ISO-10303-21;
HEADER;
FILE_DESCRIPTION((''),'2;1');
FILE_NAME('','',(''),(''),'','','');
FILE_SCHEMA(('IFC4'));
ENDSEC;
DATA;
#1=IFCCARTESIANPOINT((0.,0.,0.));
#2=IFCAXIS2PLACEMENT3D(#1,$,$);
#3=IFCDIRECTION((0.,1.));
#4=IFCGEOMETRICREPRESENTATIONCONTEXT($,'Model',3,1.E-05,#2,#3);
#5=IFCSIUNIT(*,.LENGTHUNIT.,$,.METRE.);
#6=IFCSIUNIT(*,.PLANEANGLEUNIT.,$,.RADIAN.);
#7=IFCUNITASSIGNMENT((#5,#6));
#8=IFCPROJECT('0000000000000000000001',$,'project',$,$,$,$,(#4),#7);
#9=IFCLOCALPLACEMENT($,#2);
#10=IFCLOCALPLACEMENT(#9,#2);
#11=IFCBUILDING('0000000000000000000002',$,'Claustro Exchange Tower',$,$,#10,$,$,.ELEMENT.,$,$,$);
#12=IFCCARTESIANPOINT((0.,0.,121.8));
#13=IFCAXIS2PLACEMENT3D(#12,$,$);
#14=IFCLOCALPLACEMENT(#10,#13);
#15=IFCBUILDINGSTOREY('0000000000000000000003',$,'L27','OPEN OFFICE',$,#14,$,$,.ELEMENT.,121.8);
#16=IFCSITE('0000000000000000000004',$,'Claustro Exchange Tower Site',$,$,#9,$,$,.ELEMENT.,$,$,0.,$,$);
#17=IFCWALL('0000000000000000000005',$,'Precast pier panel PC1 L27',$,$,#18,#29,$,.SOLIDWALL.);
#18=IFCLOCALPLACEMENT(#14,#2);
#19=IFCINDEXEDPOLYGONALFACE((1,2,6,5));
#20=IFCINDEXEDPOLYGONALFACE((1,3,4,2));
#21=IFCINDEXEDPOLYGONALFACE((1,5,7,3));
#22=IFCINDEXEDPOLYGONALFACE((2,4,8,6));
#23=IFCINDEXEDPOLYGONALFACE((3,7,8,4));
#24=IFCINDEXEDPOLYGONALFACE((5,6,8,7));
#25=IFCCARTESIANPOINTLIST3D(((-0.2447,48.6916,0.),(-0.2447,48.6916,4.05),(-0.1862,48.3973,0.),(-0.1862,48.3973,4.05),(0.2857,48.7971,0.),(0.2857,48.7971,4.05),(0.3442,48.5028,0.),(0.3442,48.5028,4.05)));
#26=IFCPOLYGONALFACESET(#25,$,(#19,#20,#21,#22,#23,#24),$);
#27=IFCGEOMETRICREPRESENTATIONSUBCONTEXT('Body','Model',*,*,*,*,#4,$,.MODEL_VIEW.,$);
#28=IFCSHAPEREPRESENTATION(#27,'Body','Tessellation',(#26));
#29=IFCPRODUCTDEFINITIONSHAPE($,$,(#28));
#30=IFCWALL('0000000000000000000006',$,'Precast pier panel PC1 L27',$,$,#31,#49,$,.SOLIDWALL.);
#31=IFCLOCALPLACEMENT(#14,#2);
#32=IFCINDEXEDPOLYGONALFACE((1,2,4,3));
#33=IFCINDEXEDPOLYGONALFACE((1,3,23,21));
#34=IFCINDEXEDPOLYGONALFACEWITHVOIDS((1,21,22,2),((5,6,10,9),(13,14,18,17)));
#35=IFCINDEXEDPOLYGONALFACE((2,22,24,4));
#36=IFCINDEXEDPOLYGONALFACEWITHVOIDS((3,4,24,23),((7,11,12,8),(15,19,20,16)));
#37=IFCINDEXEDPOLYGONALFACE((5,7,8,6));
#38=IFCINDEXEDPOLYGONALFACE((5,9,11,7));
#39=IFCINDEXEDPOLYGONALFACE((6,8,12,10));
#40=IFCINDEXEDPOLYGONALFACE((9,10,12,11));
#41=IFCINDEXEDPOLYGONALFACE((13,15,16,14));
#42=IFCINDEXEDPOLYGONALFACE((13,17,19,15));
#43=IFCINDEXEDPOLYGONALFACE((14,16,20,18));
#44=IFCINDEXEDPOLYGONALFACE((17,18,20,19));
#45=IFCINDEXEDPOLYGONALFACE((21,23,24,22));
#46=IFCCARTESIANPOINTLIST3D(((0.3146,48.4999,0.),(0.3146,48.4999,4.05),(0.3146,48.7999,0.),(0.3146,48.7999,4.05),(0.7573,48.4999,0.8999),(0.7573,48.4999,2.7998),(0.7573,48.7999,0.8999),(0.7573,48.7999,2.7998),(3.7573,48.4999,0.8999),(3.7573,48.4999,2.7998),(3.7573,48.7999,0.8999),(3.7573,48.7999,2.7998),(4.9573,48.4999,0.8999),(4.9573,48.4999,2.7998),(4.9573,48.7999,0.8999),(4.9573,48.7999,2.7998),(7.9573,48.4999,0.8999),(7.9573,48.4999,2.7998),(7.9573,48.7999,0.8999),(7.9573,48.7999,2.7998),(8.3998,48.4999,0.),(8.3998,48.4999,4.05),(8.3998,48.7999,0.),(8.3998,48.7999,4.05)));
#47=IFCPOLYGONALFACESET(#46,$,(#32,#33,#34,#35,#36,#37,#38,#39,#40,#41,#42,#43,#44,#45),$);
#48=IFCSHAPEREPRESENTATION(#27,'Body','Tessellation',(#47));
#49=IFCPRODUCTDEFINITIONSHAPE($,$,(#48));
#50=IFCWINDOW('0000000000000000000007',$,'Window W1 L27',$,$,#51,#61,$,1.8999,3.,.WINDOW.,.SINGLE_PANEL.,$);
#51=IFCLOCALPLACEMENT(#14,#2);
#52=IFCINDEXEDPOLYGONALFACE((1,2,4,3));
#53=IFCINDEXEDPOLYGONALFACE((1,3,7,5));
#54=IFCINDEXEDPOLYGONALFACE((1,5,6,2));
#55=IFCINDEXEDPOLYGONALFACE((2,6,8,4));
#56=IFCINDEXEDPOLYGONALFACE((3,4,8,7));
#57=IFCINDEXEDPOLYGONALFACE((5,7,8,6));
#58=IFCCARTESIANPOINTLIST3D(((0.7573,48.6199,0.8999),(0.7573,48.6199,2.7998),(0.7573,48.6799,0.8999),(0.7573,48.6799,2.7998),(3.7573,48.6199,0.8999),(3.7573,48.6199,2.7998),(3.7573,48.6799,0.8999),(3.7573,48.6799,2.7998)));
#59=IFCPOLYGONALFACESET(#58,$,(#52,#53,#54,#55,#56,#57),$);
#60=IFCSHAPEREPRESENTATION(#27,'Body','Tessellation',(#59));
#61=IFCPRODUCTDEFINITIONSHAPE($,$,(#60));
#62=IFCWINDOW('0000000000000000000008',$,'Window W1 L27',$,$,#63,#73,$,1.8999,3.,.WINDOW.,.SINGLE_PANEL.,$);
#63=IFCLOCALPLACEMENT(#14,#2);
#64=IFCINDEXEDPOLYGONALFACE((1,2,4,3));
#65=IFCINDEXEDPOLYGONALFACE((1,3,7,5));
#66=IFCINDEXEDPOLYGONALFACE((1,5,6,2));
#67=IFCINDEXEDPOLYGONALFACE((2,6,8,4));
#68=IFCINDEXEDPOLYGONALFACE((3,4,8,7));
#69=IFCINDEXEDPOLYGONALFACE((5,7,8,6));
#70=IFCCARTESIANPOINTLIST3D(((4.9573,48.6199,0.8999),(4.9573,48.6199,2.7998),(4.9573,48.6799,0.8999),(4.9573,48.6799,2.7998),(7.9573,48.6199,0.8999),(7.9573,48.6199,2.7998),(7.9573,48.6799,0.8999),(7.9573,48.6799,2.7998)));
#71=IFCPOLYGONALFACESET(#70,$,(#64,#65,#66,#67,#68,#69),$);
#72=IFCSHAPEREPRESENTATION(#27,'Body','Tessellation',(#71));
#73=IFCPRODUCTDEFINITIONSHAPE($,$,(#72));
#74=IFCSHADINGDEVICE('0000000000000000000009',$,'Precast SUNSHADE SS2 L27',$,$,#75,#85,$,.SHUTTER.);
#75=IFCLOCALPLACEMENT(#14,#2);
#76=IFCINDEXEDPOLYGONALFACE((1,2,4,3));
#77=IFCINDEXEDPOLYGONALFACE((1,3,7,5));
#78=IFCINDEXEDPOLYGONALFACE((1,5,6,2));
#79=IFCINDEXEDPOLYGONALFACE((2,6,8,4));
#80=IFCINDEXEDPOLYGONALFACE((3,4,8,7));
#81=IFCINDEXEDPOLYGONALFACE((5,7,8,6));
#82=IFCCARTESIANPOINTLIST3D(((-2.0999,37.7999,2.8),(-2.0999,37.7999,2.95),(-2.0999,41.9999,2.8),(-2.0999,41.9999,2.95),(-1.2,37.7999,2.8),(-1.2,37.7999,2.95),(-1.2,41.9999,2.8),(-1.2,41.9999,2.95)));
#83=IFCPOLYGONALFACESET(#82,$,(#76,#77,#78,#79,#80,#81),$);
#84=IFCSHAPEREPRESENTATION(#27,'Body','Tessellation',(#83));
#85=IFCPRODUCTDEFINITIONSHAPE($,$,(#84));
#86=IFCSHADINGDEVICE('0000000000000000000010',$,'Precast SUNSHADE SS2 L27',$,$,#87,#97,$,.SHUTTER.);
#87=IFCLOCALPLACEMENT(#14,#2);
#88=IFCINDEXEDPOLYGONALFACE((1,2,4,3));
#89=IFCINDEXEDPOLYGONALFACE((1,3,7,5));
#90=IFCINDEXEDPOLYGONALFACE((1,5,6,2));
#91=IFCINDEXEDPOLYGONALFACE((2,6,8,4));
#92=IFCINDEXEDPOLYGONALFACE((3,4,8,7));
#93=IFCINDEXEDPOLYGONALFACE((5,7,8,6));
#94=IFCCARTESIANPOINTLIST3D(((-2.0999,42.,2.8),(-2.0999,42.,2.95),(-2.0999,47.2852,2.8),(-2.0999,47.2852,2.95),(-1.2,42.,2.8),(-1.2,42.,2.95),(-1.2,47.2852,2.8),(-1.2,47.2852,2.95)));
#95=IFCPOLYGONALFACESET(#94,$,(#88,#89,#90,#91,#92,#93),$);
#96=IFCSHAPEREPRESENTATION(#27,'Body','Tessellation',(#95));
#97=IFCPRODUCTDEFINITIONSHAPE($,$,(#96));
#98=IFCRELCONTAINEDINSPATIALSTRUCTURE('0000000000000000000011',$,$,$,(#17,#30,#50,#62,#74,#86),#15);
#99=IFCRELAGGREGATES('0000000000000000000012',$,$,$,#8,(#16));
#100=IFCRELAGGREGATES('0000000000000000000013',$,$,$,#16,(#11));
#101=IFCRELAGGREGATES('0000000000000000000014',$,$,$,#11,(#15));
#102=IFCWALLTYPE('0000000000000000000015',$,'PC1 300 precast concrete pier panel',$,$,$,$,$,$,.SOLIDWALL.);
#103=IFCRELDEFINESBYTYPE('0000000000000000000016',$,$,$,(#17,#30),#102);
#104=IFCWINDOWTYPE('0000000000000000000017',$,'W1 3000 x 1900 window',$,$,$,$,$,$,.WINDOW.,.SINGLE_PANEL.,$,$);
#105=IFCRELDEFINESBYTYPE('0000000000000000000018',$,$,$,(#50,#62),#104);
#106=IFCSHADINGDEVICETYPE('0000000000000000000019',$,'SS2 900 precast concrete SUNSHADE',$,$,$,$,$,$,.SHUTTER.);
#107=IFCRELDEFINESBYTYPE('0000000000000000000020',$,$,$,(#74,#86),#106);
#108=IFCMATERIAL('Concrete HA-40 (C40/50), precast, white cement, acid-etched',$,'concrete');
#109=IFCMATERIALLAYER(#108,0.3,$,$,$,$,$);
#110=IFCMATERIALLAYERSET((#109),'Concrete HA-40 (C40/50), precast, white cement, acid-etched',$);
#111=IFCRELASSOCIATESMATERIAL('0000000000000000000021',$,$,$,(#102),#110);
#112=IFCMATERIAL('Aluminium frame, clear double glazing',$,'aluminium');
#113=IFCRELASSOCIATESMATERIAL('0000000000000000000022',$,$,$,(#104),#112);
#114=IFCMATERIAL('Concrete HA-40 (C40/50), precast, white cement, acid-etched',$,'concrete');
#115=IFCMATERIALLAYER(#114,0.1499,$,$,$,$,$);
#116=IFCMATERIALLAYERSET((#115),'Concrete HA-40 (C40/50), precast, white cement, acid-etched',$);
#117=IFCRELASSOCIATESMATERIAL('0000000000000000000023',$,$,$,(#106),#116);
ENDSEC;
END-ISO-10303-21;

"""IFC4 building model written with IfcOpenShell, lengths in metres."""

from ifc_helpers import new_model, si_unit, direction, frame, frame_2d, origin, origin_2d, place, context, subcontext, project, spatial, rectangle, extrude, material, layer, layer_set, type_object, element, fill, save


model = new_model("IFC4")

# Units and contexts
model_context = context("Model", 3, precision=1e-05, world=origin(), true_north=direction((0.0, 1.0)))
body_context = subcontext(model_context, "Body", "Model", "MODEL_VIEW")
ifc_project = project(units=[si_unit("LENGTHUNIT", "METRE"), si_unit("PLANEANGLEUNIT", "RADIAN")], contexts=[model_context])

# Site, building, storey
site_placement = place(None, origin())
site = spatial("IfcSite", under=ifc_project, at=site_placement, Name="Claustro Exchange Tower Site", CompositionType="ELEMENT", RefElevation=0.0)
building_placement = place(site_placement, origin())
building = spatial("IfcBuilding", under=site, at=building_placement, Name="Claustro Exchange Tower", CompositionType="ELEMENT")
storey_placement = place(building_placement, frame((0.0, 0.0, 121.8)))
storey = spatial("IfcBuildingStorey", under=building, at=storey_placement, Name="L27", Description="OPEN OFFICE", CompositionType="ELEMENT", Elevation=121.8)

# Shared definitions
ifc_material_1 = material(Name="Concrete HA-40 (C40/50), precast, white cement, acid-etched", Category="concrete")
ifc_layer_1 = layer(ifc_material_1, 0.3)
ifc_layer_set_1 = layer_set([ifc_layer_1], Name="Concrete HA-40 (C40/50), precast, white cement, acid-etched")
wall_type_1 = type_object("IfcWallType", Name="PC1 300 precast concrete pier panel", PredefinedType="SOLIDWALL", material=ifc_layer_set_1)

# Wall
wall_1_placement = place(storey_placement, frame((-0.2156, 48.5444, 0.0), z_axis=(0.0, 0.0, 1.0), x_axis=(0.980789, 0.195074, 0.0)))
element("IfcWall", 1, at=wall_1_placement, inside=storey, type_object=wall_type_1, Name="Precast pier panel PC1 L27", PredefinedType="SOLIDWALL", context=body_context, shape_type="SweptSolid", body=[
    extrude(rectangle(XDim=0.5408, YDim=0.3, at=frame_2d((0.2705, 0.0))), origin(), (0.0, 0.0, 1.0), 4.05),
])

# Wall, openings, windows
wall_2_placement = place(storey_placement, frame((0.3147, 48.6499, 0.0), z_axis=(0.0, 0.0, 1.0), x_axis=(1.0, 0.0, 0.0)))
wall_2 = element("IfcWall", 2, at=wall_2_placement, inside=storey, type_object=wall_type_1, Name="Precast pier panel PC1 L27", PredefinedType="SOLIDWALL", context=body_context, shape_type="SweptSolid", body=[
    extrude(rectangle(XDim=8.0852, YDim=0.3, at=frame_2d((4.0425, 0.0))), origin(), (0.0, 0.0, 1.0), 4.05),
])
opening_1_placement = place(wall_2_placement, frame((0.4426, 0.0, 0.8999)))
opening_1 = element("IfcOpeningElement", 3, at=opening_1_placement, cuts=wall_2, PredefinedType="OPENING", context=body_context, shape_type="SweptSolid", body=[
    extrude(rectangle(XDim=3.0, YDim=1.8999, at=frame_2d((1.5, 0.95))), frame((0.0, 0.1599, 0.0), z_axis=(0.0, -1.0, 0.0), x_axis=(1.0, 0.0, 0.0)), (0.0, 0.0, 1.0), 0.3201),
])
opening_2_placement = place(wall_2_placement, frame((4.6426, 0.0, 0.8999)))
opening_2 = element("IfcOpeningElement", 4, at=opening_2_placement, cuts=wall_2, PredefinedType="OPENING", context=body_context, shape_type="SweptSolid", body=[
    extrude(rectangle(XDim=3.0, YDim=1.8999, at=frame_2d((1.5, 0.95))), frame((0.0, 0.1599, 0.0), z_axis=(0.0, -1.0, 0.0), x_axis=(1.0, 0.0, 0.0)), (0.0, 0.0, 1.0), 0.3201),
])
ifc_material_2 = material(Name="Aluminium frame, clear double glazing", Category="aluminium")
window_type_1 = type_object("IfcWindowType", Name="W1 3000 x 1900 window", PartitioningType="SINGLE_PANEL", PredefinedType="WINDOW", material=ifc_material_2)
window_1_placement = place(opening_1_placement, origin())
window_1 = element("IfcWindow", 5, at=window_1_placement, inside=storey, type_object=window_type_1, Name="Window W1 L27", OverallHeight=1.8999, OverallWidth=3.0, PartitioningType="SINGLE_PANEL", PredefinedType="WINDOW", context=body_context, shape_type="SweptSolid", body=[
    extrude(rectangle(XDim=3.0, YDim=1.8999, at=frame_2d((1.5, 0.95))), frame((0.0, 0.03, 0.0), z_axis=(0.0, -1.0, 0.0), x_axis=(1.0, 0.0, 0.0)), (0.0, 0.0, 1.0), 0.0601),
])
fill(opening_1, window_1)
window_2_placement = place(opening_2_placement, origin())
window_2 = element("IfcWindow", 6, at=window_2_placement, inside=storey, type_object=window_type_1, Name="Window W1 L27", OverallHeight=1.8999, OverallWidth=3.0, PartitioningType="SINGLE_PANEL", PredefinedType="WINDOW", context=body_context, shape_type="SweptSolid", body=[
    extrude(rectangle(XDim=3.0, YDim=1.8999, at=frame_2d((1.5, 0.95))), frame((0.0, 0.03, 0.0), z_axis=(0.0, -1.0, 0.0), x_axis=(1.0, 0.0, 0.0)), (0.0, 0.0, 1.0), 0.0601),
])
fill(opening_2, window_2)

# Shading devices
ifc_material_3 = material(Name="Concrete HA-40 (C40/50), precast, white cement, acid-etched", Category="concrete")
ifc_layer_2 = layer(ifc_material_3, 0.1499)
ifc_layer_set_2 = layer_set([ifc_layer_2], Name="Concrete HA-40 (C40/50), precast, white cement, acid-etched")
shading_device_type = type_object("IfcShadingDeviceType", Name="SS2 900 precast concrete SUNSHADE", PredefinedType="SHUTTER", material=ifc_layer_set_2)
shading_device_1_placement = place(storey_placement, frame((-1.6499, 39.8999, 2.8), z_axis=(0.0, 0.0, 1.0), x_axis=(0.0, 1.0, 0.0)))
element("IfcShadingDevice", 7, at=shading_device_1_placement, inside=storey, type_object=shading_device_type, Name="Precast SUNSHADE SS2 L27", PredefinedType="SHUTTER", context=body_context, shape_type="SweptSolid", body=[
    extrude(rectangle(XDim=4.2, YDim=0.8999, at=origin_2d()), origin(), (0.0, 0.0, 1.0), 0.1499),
])
shading_device_2_placement = place(storey_placement, frame((-1.6499, 44.6426, 2.8), z_axis=(0.0, 0.0, 1.0), x_axis=(0.0, 1.0, 0.0)))
element("IfcShadingDevice", 8, at=shading_device_2_placement, inside=storey, type_object=shading_device_type, Name="Precast SUNSHADE SS2 L27", PredefinedType="SHUTTER", context=body_context, shape_type="SweptSolid", body=[
    extrude(rectangle(XDim=5.2852, YDim=0.8999, at=origin_2d()), origin(), (0.0, 0.0, 1.0), 0.1499),
])

save(model, "model.ifc")
